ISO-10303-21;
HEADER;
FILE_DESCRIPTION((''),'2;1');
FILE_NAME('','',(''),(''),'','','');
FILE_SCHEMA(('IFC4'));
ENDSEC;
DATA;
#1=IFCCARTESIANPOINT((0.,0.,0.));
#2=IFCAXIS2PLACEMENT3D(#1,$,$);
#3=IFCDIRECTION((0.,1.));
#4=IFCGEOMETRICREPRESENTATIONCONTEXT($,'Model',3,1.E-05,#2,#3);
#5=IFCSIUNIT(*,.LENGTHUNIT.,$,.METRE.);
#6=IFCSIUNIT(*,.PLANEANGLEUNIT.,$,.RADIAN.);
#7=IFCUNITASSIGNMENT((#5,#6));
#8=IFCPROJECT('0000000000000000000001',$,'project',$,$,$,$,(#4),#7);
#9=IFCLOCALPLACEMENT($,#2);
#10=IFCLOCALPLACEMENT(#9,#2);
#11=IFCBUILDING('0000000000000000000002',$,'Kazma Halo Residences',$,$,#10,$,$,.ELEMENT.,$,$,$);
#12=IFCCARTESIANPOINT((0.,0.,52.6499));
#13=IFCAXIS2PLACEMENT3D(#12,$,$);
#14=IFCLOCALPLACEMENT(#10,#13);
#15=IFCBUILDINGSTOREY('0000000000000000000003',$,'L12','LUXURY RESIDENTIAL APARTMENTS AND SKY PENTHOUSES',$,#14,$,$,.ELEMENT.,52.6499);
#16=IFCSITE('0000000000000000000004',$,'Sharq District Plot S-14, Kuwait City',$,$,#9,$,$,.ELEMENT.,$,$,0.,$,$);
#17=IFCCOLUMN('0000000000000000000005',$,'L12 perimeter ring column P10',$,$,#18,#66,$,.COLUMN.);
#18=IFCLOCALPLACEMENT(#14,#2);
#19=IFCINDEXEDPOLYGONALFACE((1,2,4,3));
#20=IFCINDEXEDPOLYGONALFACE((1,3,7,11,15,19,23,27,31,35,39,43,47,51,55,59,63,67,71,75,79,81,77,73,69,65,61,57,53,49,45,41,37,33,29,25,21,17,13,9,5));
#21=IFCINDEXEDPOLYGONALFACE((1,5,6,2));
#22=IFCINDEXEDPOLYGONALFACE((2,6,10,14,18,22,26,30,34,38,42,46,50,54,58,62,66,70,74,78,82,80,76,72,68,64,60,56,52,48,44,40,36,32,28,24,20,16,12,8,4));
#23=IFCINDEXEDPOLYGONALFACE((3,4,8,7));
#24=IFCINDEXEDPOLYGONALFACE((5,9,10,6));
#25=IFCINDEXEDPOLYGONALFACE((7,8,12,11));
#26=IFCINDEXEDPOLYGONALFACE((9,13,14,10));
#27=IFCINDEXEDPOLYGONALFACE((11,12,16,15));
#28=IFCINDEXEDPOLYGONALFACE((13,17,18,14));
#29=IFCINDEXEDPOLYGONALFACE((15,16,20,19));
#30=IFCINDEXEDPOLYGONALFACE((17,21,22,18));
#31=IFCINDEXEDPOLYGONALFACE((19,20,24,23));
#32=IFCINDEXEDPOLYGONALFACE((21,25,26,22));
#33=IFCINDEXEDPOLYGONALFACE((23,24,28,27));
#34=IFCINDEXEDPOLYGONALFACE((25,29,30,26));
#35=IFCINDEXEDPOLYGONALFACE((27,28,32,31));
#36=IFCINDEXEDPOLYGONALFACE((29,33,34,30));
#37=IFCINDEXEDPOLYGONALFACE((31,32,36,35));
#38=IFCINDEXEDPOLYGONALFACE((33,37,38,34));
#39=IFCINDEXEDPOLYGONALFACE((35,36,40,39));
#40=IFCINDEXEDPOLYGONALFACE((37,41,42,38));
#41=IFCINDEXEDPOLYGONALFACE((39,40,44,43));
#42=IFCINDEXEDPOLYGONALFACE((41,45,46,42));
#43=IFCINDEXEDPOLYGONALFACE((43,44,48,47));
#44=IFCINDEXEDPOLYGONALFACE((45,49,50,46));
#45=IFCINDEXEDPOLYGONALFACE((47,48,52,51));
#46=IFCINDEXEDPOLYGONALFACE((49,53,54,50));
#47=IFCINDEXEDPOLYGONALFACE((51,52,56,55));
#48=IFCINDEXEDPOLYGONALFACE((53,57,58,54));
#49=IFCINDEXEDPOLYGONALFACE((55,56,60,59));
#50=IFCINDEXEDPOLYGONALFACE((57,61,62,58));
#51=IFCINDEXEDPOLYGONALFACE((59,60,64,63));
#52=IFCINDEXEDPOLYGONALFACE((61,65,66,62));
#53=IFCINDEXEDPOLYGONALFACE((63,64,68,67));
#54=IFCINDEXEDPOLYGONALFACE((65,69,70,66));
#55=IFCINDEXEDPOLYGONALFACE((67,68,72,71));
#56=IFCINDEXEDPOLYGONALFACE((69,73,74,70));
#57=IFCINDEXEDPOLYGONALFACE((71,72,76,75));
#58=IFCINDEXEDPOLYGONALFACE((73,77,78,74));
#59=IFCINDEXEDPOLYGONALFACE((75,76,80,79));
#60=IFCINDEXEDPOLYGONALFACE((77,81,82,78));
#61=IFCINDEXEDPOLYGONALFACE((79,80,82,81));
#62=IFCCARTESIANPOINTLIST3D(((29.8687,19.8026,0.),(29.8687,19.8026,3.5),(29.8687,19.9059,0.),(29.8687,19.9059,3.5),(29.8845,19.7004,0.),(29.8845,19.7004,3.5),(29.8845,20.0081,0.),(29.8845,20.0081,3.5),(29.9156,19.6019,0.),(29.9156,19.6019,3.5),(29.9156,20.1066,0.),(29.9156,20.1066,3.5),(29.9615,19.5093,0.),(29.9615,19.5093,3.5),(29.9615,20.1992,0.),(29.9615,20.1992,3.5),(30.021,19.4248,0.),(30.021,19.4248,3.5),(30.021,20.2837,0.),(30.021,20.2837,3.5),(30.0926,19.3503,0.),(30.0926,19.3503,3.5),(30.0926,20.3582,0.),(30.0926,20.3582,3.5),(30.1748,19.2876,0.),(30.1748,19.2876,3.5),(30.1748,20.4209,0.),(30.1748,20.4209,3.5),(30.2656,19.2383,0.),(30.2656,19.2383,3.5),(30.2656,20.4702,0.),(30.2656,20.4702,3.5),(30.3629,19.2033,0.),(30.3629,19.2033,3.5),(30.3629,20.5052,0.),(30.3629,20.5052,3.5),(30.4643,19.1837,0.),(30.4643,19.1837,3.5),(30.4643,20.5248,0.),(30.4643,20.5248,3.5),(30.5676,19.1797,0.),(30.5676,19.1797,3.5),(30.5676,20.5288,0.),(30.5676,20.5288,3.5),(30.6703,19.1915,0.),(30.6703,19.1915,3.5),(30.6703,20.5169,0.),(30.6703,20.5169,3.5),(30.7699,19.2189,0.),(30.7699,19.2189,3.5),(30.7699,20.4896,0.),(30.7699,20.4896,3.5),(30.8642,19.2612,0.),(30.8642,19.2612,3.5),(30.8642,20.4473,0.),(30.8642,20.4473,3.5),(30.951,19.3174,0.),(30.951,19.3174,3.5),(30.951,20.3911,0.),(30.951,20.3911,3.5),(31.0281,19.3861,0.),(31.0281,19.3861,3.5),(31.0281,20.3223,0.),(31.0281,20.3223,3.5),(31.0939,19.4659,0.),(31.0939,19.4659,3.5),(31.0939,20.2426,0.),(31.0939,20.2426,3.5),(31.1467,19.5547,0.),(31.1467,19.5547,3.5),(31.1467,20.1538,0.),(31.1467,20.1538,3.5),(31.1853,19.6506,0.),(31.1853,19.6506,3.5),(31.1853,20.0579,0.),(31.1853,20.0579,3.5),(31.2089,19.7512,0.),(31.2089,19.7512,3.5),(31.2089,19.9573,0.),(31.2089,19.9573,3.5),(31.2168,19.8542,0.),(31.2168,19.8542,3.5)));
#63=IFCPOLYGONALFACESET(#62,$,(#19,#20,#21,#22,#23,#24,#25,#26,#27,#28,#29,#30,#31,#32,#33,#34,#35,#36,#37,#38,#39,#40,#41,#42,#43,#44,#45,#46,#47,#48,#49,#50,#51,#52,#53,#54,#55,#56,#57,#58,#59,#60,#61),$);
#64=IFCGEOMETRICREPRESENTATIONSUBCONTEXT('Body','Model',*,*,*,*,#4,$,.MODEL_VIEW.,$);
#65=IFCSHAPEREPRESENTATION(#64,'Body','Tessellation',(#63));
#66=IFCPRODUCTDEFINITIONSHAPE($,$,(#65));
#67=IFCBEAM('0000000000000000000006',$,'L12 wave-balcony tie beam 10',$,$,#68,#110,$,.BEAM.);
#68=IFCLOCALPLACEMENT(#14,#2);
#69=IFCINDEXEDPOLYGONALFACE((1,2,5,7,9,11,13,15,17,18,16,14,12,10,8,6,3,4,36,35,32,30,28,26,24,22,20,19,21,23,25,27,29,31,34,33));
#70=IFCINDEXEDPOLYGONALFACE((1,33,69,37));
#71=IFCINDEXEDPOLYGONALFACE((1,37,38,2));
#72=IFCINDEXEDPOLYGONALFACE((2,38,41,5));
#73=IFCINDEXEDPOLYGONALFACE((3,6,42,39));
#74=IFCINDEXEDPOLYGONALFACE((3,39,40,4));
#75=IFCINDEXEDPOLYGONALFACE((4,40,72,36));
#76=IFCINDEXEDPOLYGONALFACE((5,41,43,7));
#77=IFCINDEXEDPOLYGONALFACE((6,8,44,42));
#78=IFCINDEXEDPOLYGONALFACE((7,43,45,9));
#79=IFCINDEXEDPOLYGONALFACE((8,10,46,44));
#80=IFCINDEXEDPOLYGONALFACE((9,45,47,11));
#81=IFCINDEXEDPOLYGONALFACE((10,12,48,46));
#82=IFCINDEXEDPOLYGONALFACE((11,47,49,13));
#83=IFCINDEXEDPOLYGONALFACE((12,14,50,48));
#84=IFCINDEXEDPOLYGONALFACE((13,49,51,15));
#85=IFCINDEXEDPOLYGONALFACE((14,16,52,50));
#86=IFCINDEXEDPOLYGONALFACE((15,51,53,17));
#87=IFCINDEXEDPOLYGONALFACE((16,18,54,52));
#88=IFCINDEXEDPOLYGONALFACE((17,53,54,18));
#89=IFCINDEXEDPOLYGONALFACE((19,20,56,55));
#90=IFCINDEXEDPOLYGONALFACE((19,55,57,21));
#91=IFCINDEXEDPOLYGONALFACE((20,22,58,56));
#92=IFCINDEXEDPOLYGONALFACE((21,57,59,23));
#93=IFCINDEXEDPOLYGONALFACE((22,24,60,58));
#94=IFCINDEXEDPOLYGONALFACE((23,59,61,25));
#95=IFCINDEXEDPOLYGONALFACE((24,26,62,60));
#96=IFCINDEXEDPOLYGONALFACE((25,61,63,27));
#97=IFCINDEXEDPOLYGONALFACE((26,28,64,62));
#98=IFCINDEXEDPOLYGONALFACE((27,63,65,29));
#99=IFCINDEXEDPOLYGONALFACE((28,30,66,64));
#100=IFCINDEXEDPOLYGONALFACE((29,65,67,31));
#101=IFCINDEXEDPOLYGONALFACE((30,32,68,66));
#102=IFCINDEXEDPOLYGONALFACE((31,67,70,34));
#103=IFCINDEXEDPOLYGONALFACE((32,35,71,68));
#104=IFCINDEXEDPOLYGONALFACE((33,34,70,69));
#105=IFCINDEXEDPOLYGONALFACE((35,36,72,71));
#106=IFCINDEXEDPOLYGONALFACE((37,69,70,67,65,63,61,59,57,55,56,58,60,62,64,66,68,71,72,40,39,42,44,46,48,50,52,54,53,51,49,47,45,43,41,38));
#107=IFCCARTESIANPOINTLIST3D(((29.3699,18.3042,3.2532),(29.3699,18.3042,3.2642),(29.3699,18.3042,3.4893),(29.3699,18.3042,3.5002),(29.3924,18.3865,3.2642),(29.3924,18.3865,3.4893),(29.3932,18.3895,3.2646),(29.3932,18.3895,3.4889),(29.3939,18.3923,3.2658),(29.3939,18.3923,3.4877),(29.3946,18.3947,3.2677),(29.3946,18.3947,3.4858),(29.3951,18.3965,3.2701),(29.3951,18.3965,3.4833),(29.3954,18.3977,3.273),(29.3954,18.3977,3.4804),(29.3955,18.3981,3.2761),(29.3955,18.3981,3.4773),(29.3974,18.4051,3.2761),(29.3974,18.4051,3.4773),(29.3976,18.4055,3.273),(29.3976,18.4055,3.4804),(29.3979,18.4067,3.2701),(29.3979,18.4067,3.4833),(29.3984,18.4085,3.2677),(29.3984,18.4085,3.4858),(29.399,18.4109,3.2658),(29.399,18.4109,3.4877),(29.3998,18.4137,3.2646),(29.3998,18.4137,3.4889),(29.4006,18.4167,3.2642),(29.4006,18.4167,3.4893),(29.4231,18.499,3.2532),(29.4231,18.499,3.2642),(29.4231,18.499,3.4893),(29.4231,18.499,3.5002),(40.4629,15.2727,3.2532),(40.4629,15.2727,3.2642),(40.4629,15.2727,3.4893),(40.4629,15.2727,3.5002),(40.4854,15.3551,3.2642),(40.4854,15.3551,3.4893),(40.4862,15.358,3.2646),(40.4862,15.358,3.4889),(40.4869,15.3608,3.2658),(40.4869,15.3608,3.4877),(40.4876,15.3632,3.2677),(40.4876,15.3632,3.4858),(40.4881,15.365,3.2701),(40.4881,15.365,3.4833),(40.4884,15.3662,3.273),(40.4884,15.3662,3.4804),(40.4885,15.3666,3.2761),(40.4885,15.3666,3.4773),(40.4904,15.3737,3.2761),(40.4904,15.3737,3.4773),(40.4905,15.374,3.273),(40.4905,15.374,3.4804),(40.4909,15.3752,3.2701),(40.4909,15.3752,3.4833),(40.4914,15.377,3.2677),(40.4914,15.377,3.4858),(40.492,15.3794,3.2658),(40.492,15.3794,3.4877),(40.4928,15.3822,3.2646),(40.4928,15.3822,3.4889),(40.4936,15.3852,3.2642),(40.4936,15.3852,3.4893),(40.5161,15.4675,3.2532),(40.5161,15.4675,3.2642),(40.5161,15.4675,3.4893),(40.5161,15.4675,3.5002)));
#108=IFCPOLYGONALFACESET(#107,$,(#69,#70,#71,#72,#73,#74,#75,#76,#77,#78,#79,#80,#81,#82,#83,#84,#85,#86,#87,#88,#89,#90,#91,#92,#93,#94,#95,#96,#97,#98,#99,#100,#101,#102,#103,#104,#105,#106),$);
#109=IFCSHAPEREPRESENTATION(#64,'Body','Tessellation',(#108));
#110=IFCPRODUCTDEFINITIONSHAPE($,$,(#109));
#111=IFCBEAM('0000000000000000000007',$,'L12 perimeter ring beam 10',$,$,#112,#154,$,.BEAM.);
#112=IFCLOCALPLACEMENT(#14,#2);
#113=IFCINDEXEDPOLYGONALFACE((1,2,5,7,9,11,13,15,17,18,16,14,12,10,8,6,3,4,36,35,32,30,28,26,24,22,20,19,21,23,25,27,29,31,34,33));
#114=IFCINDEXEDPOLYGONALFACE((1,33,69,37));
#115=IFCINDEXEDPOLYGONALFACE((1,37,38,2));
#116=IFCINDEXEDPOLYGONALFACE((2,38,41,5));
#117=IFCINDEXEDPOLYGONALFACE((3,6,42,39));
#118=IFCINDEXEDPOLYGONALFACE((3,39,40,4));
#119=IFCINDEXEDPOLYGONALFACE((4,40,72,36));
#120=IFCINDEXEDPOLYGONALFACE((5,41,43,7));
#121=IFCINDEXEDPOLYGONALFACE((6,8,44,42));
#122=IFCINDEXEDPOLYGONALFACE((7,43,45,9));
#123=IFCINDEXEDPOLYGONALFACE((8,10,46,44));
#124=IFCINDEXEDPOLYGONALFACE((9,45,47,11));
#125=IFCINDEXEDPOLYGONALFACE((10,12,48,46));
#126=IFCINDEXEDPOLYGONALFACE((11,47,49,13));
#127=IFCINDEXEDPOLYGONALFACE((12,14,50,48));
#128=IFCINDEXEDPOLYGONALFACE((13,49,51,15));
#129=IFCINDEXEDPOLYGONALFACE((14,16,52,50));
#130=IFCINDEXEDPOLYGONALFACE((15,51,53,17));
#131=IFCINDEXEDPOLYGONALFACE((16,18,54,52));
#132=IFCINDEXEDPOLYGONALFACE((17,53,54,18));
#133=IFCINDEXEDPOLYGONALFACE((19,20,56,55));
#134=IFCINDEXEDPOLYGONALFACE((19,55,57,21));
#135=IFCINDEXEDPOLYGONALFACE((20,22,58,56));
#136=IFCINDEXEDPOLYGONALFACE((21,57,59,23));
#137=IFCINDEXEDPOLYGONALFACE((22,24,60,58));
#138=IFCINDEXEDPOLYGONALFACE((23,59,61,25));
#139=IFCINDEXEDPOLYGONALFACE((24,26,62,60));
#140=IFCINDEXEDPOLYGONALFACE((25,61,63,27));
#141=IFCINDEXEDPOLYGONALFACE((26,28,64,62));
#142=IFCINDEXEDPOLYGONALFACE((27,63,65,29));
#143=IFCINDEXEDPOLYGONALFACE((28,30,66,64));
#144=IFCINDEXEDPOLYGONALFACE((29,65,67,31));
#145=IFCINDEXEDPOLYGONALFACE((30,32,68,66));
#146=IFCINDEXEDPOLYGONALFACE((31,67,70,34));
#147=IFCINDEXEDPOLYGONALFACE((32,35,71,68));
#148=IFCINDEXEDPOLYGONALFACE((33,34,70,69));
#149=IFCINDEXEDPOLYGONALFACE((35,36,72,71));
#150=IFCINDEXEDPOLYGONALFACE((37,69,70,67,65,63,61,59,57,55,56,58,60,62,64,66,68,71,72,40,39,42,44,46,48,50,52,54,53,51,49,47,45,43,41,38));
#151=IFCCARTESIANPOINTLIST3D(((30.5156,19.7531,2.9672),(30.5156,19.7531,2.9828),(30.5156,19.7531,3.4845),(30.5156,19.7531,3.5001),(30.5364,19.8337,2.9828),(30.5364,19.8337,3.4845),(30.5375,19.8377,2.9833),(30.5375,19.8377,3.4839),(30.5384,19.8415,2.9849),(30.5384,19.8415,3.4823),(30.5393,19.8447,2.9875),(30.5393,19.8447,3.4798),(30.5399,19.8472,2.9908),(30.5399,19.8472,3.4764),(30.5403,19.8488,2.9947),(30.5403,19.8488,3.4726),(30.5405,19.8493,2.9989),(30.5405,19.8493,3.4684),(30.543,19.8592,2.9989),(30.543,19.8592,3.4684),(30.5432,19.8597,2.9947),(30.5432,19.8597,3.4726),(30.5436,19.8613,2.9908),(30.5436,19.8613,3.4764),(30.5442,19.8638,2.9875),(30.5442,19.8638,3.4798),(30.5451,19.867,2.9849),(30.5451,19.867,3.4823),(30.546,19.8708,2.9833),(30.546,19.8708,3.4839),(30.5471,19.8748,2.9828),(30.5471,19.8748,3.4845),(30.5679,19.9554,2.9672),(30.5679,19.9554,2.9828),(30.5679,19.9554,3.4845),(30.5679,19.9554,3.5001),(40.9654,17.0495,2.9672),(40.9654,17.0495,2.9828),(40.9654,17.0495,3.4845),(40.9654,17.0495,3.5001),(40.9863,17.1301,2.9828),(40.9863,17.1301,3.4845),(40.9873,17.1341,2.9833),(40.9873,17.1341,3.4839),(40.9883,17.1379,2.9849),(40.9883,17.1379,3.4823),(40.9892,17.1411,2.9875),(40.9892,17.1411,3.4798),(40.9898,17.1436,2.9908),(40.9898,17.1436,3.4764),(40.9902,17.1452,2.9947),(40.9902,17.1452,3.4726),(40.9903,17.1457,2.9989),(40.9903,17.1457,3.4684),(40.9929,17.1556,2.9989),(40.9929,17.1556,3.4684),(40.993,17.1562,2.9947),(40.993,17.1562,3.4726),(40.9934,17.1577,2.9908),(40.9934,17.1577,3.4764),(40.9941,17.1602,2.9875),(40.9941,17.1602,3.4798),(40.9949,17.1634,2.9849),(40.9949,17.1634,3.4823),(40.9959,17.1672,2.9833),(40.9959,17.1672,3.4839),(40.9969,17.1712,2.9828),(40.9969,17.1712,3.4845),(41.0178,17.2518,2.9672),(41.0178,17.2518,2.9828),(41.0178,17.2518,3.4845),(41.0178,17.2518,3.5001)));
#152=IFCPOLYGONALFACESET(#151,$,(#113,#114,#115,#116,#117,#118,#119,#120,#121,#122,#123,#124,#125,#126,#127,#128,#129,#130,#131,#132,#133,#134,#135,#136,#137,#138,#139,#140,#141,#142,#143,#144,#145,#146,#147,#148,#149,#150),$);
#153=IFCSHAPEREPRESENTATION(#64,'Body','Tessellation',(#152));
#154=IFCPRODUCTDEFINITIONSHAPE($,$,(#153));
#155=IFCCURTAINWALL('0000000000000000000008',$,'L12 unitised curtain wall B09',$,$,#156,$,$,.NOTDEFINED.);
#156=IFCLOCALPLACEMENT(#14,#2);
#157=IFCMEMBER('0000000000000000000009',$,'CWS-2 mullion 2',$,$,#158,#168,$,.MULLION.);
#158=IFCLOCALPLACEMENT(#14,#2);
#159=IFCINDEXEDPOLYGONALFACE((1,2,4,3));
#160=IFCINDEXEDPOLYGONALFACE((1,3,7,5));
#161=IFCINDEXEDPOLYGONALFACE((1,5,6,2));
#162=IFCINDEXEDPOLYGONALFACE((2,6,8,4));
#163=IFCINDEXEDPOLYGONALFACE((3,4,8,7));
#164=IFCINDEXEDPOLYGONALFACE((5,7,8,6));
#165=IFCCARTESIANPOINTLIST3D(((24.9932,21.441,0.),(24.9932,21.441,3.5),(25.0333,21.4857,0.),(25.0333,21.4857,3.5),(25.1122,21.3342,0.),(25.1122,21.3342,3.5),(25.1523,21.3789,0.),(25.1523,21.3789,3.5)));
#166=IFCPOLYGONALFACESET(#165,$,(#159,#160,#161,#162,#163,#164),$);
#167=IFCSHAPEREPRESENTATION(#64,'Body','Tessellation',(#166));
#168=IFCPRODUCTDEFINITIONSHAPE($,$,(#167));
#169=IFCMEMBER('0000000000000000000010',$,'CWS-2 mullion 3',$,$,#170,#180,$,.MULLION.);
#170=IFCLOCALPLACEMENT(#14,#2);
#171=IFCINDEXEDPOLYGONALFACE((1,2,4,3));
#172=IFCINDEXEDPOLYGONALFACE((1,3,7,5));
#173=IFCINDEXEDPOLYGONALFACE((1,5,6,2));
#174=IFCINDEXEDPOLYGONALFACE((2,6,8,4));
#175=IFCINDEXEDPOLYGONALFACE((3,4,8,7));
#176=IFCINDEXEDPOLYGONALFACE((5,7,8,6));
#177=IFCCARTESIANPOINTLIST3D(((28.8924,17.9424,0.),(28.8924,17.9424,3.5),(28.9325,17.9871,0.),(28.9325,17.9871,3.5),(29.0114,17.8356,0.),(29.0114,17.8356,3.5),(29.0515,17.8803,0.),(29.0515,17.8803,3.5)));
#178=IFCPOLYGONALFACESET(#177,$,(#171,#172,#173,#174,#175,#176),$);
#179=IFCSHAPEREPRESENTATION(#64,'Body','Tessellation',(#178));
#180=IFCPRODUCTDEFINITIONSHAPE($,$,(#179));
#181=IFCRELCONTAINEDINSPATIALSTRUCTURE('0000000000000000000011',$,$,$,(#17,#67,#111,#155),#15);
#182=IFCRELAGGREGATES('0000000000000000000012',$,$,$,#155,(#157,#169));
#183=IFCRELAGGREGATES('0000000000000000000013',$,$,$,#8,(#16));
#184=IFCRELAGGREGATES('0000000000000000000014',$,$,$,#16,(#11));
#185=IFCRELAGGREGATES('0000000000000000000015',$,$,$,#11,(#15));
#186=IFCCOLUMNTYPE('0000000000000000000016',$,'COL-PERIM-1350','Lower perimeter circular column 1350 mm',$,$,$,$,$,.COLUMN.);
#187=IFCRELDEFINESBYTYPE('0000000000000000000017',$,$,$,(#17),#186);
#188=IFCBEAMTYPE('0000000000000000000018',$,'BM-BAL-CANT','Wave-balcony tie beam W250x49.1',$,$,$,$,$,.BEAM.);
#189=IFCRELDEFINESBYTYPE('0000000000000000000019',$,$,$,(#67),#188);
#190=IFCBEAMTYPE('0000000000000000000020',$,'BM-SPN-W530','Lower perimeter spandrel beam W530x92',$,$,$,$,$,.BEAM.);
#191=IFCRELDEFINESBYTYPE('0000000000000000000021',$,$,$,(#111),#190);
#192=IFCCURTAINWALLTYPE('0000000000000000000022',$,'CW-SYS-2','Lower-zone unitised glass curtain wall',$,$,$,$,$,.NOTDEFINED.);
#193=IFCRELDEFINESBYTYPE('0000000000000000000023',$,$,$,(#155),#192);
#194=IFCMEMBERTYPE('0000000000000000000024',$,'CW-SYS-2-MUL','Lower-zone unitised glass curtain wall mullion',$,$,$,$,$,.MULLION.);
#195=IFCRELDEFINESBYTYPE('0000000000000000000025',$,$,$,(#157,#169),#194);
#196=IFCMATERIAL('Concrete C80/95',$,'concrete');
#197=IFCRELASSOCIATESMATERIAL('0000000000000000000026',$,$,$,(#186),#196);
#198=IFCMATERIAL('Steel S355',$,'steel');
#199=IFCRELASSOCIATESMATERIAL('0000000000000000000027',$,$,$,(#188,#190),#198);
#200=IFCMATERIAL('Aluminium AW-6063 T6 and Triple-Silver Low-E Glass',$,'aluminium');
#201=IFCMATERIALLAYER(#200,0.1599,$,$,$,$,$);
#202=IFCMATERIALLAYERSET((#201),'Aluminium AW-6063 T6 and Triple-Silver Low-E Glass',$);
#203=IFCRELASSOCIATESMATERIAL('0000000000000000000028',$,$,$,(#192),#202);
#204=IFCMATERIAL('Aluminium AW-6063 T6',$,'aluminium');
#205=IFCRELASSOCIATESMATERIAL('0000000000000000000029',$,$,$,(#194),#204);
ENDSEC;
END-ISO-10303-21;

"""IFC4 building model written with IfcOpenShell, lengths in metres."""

from ifc_helpers import new_model, si_unit, direction, frame, origin, origin_2d, place, context, subcontext, project, spatial, rectangle, circle, i_section, extrude, material, layer, layer_set, material_profile, profile_set, type_object, element, aggregate, save


model = new_model("IFC4")

# Units and contexts
model_context = context("Model", 3, precision=1e-05, world=origin(), true_north=direction((0.0, 1.0)))
body_context = subcontext(model_context, "Body", "Model", "MODEL_VIEW")
ifc_project = project(units=[si_unit("LENGTHUNIT", "METRE"), si_unit("PLANEANGLEUNIT", "RADIAN")], contexts=[model_context])

# Site, building, storey
site_placement = place(None, origin())
site = spatial("IfcSite", under=ifc_project, at=site_placement, Name="Sharq District Plot S-14, Kuwait City", CompositionType="ELEMENT", RefElevation=0.0)
building_placement = place(site_placement, origin())
building = spatial("IfcBuilding", under=site, at=building_placement, Name="Kazma Halo Residences", CompositionType="ELEMENT")
storey_placement = place(building_placement, frame((0.0, 0.0, 52.6499)))
storey = spatial("IfcBuildingStorey", under=building, at=storey_placement, Name="L12", Description="LUXURY RESIDENTIAL APARTMENTS AND SKY PENTHOUSES", CompositionType="ELEMENT", Elevation=52.6499)

# Column
ifc_material_1 = material(Name="Concrete C80/95", Category="concrete")
ifc_material_profile_1 = material_profile(ifc_material_1, circle(Radius=0.675, at=origin_2d()), Name="CIRC1350")
ifc_profile_set_1 = profile_set([ifc_material_profile_1], Name="Concrete C80/95")
column_type = type_object("IfcColumnType", Name="COL-PERIM-1350", Description="Lower perimeter circular column 1350 mm", PredefinedType="COLUMN", material=ifc_profile_set_1)
column_placement = place(storey_placement, frame((30.5417, 19.8542, 0.0), z_axis=(0.0, 0.0, 1.0), x_axis=(1.0, 0.0, 0.0)))
element("IfcColumn", 1, at=column_placement, inside=storey, type_object=column_type, Name="L12 perimeter ring column P10", PredefinedType="COLUMN", context=body_context, shape_type="SweptSolid", body=[
    extrude(circle(Radius=0.675, at=origin_2d()), origin(), (0.0, 0.0, 1.0), 3.5),
])

# Beams
ifc_material_2 = material(Name="Steel S355", Category="steel")
ifc_material_profile_2 = material_profile(ifc_material_2, i_section(OverallWidth=0.2019, OverallDepth=0.2471, WebThickness=0.0073, FlangeThickness=0.011, FilletRadius=0.012, at=origin_2d()), Name="W250x49.1")
ifc_profile_set_2 = profile_set([ifc_material_profile_2], Name="Steel S355")
beam_type_1 = type_object("IfcBeamType", Name="BM-BAL-CANT", Description="Wave-balcony tie beam W250x49.1", PredefinedType="BEAM", material=ifc_profile_set_2)
beam_1_placement = place(storey_placement, frame((29.3965, 18.4016, 3.3767), z_axis=(0.964628, -0.263613, 0.0), x_axis=(0.263613, 0.964628, 0.0)))
element("IfcBeam", 2, at=beam_1_placement, inside=storey, type_object=beam_type_1, Name="L12 wave-balcony tie beam 10", PredefinedType="BEAM", context=body_context, shape_type="SweptSolid", body=[
    extrude(i_section(OverallWidth=0.2019, OverallDepth=0.2471, WebThickness=0.0073, FlangeThickness=0.011, FilletRadius=0.012, at=origin_2d()), origin(), (0.0, 0.0, 1.0), 11.4998),
])
ifc_material_profile_3 = material_profile(ifc_material_2, i_section(OverallWidth=0.209, OverallDepth=0.533, WebThickness=0.0103, FlangeThickness=0.0156, FilletRadius=0.0161, at=origin_2d()), Name="W530x92")
ifc_profile_set_3 = profile_set([ifc_material_profile_3], Name="Steel S355")
beam_type_2 = type_object("IfcBeamType", Name="BM-SPN-W530", Description="Lower perimeter spandrel beam W530x92", PredefinedType="BEAM", material=ifc_profile_set_3)
beam_2_placement = place(storey_placement, frame((30.5417, 19.8542, 3.2336), z_axis=(0.968124, -0.250473, 0.0), x_axis=(0.250473, 0.968124, 0.0)))
element("IfcBeam", 3, at=beam_2_placement, inside=storey, type_object=beam_type_2, Name="L12 perimeter ring beam 10", PredefinedType="BEAM", context=body_context, shape_type="SweptSolid", body=[
    extrude(i_section(OverallWidth=0.209, OverallDepth=0.533, WebThickness=0.0103, FlangeThickness=0.0156, FilletRadius=0.0161, at=origin_2d()), origin(), (0.0, 0.0, 1.0), 10.7939),
])

# Curtain wall, members
ifc_material_3 = material(Name="Aluminium AW-6063 T6 and Triple-Silver Low-E Glass", Category="aluminium")
ifc_layer_1 = layer(ifc_material_3, 0.1599)
ifc_layer_set_1 = layer_set([ifc_layer_1], Name="Aluminium AW-6063 T6 and Triple-Silver Low-E Glass")
curtain_wall_type = type_object("IfcCurtainWallType", Name="CW-SYS-2", Description="Lower-zone unitised glass curtain wall", PredefinedType="NOTDEFINED", material=ifc_layer_set_1)
curtain_wall_placement = place(storey_placement, origin())
curtain_wall = element("IfcCurtainWall", 4, at=curtain_wall_placement, inside=storey, type_object=curtain_wall_type, Name="L12 unitised curtain wall B09", PredefinedType="NOTDEFINED")
ifc_material_4 = material(Name="Aluminium AW-6063 T6", Category="aluminium")
ifc_material_profile_4 = material_profile(ifc_material_4, rectangle(XDim=0.0601, YDim=0.1599, at=origin_2d()), Name="CWM-60x160")
ifc_profile_set_4 = profile_set([ifc_material_profile_4], Name="Aluminium AW-6063 T6")
member_type_1 = type_object("IfcMemberType", Name="CW-SYS-2-MUL", Description="Lower-zone unitised glass curtain wall mullion", PredefinedType="MULLION", material=ifc_profile_set_4)
member_1_placement = place(storey_placement, frame((25.0728, 21.4099, 0.0), z_axis=(0.0, 0.0, 1.0), x_axis=(0.667821, 0.744322, 0.0)))
member_1 = element("IfcMember", 5, at=member_1_placement, type_object=member_type_1, Name="CWS-2 mullion 2", PredefinedType="MULLION", context=body_context, shape_type="SweptSolid", body=[
    extrude(rectangle(XDim=0.0601, YDim=0.1599, at=origin_2d()), origin(), (0.0, 0.0, 1.0), 3.5),
])
member_2_placement = place(storey_placement, frame((28.9719, 17.9114, 0.0), z_axis=(0.0, 0.0, 1.0), x_axis=(0.667821, 0.744322, 0.0)))
member_2 = element("IfcMember", 6, at=member_2_placement, type_object=member_type_1, Name="CWS-2 mullion 3", PredefinedType="MULLION", context=body_context, shape_type="SweptSolid", body=[
    extrude(rectangle(XDim=0.0601, YDim=0.1599, at=origin_2d()), origin(), (0.0, 0.0, 1.0), 3.5),
])
aggregate(curtain_wall, [member_1, member_2])

save(model, "model.ifc")
